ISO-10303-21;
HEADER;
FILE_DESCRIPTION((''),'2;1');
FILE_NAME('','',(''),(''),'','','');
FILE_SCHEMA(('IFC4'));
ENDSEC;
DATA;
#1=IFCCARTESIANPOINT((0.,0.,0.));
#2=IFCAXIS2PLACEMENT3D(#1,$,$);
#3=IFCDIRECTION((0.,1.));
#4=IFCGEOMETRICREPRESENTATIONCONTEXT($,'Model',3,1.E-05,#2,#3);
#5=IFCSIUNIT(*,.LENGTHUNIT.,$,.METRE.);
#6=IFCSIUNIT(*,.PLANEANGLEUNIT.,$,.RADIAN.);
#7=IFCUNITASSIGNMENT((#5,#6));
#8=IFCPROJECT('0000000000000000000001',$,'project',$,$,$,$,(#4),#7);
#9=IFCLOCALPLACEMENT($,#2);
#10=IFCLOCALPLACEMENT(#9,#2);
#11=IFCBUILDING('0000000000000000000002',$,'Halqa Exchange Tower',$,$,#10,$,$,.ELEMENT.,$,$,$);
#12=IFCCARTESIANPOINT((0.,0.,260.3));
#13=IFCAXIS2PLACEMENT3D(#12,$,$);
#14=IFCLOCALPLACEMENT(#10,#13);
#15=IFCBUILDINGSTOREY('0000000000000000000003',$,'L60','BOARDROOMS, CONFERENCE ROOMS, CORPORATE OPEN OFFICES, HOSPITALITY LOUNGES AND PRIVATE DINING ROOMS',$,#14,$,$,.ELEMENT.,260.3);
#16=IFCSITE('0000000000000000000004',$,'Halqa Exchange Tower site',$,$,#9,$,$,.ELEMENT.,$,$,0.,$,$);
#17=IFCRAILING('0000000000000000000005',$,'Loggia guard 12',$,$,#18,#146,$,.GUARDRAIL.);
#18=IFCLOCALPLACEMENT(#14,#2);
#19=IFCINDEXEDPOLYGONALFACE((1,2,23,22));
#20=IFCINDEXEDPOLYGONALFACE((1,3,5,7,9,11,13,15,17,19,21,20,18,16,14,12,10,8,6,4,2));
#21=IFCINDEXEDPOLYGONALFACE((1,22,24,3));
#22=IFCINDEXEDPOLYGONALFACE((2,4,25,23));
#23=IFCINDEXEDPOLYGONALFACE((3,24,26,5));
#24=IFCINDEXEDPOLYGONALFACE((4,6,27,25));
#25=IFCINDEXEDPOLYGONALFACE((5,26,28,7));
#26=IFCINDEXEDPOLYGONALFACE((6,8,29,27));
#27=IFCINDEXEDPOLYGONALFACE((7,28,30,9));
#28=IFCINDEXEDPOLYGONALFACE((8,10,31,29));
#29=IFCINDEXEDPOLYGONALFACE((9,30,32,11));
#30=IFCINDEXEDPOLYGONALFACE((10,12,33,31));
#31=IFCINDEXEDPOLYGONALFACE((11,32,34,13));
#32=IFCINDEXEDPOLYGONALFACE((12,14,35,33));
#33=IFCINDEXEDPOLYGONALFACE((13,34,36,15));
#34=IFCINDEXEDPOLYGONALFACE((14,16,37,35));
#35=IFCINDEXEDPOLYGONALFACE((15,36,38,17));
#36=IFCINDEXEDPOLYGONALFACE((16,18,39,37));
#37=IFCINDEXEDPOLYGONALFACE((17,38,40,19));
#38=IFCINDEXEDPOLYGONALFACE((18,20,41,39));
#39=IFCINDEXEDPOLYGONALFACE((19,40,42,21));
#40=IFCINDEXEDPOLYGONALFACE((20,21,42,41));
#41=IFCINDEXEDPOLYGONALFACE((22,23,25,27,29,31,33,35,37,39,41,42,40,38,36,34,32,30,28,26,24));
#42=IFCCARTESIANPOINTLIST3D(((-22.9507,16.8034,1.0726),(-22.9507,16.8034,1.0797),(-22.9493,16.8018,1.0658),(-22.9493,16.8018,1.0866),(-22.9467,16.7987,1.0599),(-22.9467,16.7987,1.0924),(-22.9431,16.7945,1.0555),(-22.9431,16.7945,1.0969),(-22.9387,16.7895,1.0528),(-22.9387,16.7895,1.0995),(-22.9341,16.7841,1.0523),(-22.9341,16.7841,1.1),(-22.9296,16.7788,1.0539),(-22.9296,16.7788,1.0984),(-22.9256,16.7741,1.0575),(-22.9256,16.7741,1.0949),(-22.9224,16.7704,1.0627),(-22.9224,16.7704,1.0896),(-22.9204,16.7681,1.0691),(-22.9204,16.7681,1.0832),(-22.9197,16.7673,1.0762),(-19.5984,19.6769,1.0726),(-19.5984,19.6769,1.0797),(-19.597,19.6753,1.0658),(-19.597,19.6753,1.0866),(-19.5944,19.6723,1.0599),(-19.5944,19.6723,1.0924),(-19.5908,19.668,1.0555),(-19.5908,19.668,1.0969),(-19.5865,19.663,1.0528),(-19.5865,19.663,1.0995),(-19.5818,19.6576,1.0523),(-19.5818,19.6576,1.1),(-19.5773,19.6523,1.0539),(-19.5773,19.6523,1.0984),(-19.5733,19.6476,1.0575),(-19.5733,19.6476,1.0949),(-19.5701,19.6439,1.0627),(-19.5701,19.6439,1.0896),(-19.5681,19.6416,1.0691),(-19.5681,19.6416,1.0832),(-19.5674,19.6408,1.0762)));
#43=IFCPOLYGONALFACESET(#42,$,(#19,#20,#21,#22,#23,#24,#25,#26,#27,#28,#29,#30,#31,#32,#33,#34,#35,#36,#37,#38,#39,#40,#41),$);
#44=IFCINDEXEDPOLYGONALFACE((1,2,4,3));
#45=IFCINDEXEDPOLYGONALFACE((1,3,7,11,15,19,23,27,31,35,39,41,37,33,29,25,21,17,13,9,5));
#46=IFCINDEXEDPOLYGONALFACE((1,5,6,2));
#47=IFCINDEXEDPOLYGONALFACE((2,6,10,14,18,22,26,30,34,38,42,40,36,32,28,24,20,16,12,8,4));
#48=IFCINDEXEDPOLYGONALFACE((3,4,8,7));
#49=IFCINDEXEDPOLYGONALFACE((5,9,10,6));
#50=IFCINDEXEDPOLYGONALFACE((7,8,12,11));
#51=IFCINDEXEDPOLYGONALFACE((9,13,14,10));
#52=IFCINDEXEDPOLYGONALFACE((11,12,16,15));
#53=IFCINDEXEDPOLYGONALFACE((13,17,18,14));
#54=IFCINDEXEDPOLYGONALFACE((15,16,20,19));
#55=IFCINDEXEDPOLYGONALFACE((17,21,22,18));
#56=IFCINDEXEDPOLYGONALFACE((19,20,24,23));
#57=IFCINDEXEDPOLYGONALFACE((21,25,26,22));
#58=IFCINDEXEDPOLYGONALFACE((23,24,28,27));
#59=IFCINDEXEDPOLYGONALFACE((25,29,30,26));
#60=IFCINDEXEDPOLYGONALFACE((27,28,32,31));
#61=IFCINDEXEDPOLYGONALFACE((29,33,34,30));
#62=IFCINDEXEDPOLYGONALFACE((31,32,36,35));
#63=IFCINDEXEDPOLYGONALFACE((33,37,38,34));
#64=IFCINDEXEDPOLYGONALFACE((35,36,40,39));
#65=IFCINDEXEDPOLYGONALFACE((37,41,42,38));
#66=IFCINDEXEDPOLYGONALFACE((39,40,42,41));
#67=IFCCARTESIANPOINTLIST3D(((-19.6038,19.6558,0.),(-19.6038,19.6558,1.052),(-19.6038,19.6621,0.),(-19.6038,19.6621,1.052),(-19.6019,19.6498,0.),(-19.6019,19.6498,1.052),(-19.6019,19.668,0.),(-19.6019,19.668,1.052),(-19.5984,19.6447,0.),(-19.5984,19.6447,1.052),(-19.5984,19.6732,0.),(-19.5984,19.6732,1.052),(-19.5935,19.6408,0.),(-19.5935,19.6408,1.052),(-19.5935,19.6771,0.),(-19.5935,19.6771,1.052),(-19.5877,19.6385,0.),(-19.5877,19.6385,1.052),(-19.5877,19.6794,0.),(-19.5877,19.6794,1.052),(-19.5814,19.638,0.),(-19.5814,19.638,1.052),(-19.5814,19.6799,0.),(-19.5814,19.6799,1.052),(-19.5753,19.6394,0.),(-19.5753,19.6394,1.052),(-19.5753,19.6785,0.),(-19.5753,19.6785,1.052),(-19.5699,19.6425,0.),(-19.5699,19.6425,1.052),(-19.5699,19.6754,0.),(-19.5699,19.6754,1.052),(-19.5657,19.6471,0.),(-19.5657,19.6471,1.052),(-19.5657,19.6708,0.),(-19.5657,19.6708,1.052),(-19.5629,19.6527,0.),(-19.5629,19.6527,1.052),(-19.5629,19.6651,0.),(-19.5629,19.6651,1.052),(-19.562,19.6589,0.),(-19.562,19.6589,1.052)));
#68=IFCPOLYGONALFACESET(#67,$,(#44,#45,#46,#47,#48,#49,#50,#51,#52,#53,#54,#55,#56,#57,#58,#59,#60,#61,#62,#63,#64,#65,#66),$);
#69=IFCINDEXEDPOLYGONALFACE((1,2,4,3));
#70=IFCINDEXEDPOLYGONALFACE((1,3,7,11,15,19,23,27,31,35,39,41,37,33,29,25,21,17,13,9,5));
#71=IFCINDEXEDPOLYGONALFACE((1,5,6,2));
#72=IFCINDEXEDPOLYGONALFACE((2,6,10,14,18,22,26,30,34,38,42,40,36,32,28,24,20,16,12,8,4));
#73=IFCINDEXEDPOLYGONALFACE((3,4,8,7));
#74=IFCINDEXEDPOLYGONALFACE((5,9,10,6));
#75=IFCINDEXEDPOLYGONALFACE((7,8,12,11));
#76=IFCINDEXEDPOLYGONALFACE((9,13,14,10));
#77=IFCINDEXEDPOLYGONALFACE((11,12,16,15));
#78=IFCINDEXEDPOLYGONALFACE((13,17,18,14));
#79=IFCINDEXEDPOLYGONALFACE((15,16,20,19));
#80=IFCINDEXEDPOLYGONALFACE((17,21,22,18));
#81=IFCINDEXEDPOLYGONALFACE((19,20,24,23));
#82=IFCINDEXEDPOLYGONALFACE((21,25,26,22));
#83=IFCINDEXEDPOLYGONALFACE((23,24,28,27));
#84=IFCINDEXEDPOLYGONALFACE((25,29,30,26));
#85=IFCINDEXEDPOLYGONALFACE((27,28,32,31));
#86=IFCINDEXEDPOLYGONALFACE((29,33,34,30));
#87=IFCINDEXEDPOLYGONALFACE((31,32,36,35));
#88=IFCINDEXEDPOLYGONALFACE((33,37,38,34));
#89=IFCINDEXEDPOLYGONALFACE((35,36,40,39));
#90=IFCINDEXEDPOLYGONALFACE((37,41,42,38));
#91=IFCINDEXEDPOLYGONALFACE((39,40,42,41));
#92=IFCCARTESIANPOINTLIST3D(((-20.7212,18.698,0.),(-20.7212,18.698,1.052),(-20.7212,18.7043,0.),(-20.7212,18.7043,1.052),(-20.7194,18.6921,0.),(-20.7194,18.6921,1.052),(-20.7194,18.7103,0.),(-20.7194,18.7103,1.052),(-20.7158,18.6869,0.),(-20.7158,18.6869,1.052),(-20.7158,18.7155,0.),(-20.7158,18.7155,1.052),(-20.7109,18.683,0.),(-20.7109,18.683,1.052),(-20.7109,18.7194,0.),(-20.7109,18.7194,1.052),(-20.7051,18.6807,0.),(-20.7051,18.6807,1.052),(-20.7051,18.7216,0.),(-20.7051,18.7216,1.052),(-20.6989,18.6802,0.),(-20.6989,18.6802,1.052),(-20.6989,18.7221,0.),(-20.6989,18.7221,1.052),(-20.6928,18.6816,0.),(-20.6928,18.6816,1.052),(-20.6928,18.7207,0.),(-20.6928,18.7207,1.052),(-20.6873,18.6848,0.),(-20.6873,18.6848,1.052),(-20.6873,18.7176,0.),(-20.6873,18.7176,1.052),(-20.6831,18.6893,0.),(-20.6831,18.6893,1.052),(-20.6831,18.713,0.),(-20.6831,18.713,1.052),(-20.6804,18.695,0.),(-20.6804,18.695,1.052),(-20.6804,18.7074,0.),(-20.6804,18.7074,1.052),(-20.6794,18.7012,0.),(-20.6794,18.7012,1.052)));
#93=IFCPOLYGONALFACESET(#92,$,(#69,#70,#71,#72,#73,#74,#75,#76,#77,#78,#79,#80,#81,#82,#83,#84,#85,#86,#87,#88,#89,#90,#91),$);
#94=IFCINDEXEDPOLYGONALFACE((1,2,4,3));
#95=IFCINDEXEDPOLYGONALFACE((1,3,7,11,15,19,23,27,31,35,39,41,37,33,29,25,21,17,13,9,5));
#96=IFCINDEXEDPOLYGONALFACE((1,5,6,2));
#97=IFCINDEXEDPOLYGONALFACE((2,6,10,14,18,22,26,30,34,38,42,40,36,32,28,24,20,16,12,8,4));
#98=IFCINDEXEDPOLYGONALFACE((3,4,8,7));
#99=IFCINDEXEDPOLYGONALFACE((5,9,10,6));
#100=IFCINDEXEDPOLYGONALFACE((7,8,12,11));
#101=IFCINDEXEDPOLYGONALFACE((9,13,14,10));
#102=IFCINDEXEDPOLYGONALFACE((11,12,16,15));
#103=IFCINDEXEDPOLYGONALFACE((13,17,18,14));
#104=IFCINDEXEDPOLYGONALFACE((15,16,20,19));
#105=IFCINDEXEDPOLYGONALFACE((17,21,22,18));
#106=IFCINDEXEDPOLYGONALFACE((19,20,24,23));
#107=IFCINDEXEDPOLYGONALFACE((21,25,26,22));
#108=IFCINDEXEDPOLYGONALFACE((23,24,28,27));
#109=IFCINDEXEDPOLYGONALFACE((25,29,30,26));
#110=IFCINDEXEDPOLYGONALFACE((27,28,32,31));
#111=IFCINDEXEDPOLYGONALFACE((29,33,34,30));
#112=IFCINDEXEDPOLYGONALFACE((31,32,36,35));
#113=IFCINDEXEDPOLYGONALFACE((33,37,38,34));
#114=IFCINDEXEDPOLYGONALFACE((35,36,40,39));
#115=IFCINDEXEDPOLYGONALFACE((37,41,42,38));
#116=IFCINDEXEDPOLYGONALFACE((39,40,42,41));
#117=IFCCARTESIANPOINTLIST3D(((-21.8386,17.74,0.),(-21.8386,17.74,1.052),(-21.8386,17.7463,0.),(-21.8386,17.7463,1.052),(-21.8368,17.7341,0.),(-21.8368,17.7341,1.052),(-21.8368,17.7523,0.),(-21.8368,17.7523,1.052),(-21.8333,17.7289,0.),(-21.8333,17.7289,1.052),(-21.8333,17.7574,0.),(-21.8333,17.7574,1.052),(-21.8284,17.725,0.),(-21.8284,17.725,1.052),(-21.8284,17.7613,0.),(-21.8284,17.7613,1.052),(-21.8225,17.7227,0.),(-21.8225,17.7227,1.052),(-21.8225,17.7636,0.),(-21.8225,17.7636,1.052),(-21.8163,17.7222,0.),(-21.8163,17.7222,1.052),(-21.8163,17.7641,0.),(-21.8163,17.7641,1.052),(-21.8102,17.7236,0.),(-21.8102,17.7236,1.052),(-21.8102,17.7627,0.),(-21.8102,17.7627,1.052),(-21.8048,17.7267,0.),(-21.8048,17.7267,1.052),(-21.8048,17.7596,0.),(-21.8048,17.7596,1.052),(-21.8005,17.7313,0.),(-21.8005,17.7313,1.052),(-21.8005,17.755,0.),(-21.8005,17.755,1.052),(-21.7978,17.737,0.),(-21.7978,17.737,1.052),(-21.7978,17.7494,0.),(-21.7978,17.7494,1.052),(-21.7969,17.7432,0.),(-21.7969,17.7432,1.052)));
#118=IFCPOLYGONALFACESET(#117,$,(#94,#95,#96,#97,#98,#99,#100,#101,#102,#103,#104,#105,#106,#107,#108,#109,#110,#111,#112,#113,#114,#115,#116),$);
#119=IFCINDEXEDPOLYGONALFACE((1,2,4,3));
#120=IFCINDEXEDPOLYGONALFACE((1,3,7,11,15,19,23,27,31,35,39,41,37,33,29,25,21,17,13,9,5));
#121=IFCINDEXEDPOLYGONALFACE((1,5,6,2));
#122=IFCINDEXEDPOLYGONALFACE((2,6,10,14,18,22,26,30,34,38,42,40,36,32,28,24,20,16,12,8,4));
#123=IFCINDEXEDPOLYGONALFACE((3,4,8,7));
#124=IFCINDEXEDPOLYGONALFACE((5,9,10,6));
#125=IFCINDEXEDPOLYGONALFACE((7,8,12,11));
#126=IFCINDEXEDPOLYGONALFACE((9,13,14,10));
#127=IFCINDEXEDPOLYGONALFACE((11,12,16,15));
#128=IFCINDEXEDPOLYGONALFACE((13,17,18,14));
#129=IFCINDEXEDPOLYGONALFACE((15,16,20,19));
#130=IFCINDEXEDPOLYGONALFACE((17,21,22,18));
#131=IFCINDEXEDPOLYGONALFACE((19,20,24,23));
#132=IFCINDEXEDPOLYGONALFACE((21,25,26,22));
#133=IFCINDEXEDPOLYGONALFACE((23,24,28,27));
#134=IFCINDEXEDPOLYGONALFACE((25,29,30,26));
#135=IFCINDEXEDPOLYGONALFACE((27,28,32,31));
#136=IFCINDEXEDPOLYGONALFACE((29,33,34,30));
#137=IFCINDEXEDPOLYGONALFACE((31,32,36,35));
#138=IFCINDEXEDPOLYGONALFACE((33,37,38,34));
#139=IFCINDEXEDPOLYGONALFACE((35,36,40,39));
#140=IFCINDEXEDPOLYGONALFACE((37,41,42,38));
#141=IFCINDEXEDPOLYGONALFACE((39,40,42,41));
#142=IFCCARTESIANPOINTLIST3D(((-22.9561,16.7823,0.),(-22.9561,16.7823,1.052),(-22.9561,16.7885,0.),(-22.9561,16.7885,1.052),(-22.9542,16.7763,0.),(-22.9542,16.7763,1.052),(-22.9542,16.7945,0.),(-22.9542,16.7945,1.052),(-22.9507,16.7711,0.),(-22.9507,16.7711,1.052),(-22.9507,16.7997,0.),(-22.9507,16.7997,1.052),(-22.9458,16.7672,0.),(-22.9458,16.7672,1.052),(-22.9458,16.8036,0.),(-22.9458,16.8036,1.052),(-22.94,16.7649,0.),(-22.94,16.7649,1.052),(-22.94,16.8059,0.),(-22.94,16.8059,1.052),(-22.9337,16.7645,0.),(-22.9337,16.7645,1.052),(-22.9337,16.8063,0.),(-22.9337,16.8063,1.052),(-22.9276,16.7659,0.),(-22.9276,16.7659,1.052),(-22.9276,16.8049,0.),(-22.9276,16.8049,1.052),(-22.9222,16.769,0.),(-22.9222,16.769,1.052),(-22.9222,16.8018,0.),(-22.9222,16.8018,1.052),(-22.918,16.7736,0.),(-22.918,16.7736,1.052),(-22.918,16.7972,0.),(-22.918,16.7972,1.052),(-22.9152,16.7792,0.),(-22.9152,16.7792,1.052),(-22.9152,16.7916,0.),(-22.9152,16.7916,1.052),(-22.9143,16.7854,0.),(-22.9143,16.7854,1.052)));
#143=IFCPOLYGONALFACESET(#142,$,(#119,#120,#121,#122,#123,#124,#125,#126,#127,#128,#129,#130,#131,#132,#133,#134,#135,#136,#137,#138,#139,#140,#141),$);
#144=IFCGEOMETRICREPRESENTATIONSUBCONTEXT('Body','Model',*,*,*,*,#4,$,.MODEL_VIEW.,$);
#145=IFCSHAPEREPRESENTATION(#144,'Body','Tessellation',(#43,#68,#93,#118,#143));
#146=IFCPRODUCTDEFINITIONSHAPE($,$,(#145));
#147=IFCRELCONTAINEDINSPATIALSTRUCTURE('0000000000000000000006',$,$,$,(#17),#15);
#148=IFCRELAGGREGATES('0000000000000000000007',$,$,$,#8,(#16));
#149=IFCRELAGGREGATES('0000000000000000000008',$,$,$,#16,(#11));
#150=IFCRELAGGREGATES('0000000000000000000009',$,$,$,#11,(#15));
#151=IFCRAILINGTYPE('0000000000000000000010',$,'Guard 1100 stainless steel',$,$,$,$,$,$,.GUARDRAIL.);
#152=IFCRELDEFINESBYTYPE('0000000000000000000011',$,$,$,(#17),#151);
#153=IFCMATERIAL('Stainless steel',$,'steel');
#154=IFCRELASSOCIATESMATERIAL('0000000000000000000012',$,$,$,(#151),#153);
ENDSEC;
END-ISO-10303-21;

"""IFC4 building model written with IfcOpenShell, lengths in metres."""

from ifc_helpers import new_model, si_unit, direction, frame, origin, origin_2d, place, context, subcontext, project, spatial, circle, extrude, material, type_object, element, save


model = new_model("IFC4")

# Units and contexts
model_context = context("Model", 3, precision=1e-05, world=origin(), true_north=direction((0.0, 1.0)))
body_context = subcontext(model_context, "Body", "Model", "MODEL_VIEW")
ifc_project = project(units=[si_unit("LENGTHUNIT", "METRE"), si_unit("PLANEANGLEUNIT", "RADIAN")], contexts=[model_context])

# Site, building, storey
site_placement = place(None, origin())
site = spatial("IfcSite", under=ifc_project, at=site_placement, Name="Halqa Exchange Tower site", CompositionType="ELEMENT", RefElevation=0.0)
building_placement = place(site_placement, origin())
building = spatial("IfcBuilding", under=site, at=building_placement, Name="Halqa Exchange Tower", CompositionType="ELEMENT")
storey_placement = place(building_placement, frame((0.0, 0.0, 260.3)))
storey = spatial("IfcBuildingStorey", under=building, at=storey_placement, Name="L60", Description="BOARDROOMS, CONFERENCE ROOMS, CORPORATE OPEN OFFICES, HOSPITALITY LOUNGES AND PRIVATE DINING ROOMS", CompositionType="ELEMENT", Elevation=260.3)

# Railing
ifc_material_1 = material(Name="Stainless steel", Category="steel")
railing_type = type_object("IfcRailingType", Name="Guard 1100 stainless steel", PredefinedType="GUARDRAIL", material=ifc_material_1)
railing_1_placement = place(storey_placement, frame((-19.583, 19.6589, 0.0)))
element("IfcRailing", 1, at=railing_1_placement, inside=storey, type_object=railing_type, Name="Loggia guard 12", PredefinedType="GUARDRAIL", context=body_context, shape_type="SweptSolid", body=[
    extrude(circle(Radius=0.0239, at=origin_2d()), frame((0.0, 0.0, 1.0762), z_axis=(-0.759241, -0.65081, 0.0), x_axis=(0.65081, -0.759241, 0.0)), (0.0, 0.0, 1.0), 4.4153),
    extrude(circle(Radius=0.021, at=origin_2d()), origin(), (0.0, 0.0, 1.0), 1.052),
    extrude(circle(Radius=0.021, at=origin_2d()), frame((-1.1174, -0.9578, 0.0)), (0.0, 0.0, 1.0), 1.052),
    extrude(circle(Radius=0.021, at=origin_2d()), frame((-2.2349, -1.9158, 0.0)), (0.0, 0.0, 1.0), 1.052),
    extrude(circle(Radius=0.021, at=origin_2d()), frame((-3.3523, -2.8735, 0.0)), (0.0, 0.0, 1.0), 1.052),
])

save(model, "model.ifc")
